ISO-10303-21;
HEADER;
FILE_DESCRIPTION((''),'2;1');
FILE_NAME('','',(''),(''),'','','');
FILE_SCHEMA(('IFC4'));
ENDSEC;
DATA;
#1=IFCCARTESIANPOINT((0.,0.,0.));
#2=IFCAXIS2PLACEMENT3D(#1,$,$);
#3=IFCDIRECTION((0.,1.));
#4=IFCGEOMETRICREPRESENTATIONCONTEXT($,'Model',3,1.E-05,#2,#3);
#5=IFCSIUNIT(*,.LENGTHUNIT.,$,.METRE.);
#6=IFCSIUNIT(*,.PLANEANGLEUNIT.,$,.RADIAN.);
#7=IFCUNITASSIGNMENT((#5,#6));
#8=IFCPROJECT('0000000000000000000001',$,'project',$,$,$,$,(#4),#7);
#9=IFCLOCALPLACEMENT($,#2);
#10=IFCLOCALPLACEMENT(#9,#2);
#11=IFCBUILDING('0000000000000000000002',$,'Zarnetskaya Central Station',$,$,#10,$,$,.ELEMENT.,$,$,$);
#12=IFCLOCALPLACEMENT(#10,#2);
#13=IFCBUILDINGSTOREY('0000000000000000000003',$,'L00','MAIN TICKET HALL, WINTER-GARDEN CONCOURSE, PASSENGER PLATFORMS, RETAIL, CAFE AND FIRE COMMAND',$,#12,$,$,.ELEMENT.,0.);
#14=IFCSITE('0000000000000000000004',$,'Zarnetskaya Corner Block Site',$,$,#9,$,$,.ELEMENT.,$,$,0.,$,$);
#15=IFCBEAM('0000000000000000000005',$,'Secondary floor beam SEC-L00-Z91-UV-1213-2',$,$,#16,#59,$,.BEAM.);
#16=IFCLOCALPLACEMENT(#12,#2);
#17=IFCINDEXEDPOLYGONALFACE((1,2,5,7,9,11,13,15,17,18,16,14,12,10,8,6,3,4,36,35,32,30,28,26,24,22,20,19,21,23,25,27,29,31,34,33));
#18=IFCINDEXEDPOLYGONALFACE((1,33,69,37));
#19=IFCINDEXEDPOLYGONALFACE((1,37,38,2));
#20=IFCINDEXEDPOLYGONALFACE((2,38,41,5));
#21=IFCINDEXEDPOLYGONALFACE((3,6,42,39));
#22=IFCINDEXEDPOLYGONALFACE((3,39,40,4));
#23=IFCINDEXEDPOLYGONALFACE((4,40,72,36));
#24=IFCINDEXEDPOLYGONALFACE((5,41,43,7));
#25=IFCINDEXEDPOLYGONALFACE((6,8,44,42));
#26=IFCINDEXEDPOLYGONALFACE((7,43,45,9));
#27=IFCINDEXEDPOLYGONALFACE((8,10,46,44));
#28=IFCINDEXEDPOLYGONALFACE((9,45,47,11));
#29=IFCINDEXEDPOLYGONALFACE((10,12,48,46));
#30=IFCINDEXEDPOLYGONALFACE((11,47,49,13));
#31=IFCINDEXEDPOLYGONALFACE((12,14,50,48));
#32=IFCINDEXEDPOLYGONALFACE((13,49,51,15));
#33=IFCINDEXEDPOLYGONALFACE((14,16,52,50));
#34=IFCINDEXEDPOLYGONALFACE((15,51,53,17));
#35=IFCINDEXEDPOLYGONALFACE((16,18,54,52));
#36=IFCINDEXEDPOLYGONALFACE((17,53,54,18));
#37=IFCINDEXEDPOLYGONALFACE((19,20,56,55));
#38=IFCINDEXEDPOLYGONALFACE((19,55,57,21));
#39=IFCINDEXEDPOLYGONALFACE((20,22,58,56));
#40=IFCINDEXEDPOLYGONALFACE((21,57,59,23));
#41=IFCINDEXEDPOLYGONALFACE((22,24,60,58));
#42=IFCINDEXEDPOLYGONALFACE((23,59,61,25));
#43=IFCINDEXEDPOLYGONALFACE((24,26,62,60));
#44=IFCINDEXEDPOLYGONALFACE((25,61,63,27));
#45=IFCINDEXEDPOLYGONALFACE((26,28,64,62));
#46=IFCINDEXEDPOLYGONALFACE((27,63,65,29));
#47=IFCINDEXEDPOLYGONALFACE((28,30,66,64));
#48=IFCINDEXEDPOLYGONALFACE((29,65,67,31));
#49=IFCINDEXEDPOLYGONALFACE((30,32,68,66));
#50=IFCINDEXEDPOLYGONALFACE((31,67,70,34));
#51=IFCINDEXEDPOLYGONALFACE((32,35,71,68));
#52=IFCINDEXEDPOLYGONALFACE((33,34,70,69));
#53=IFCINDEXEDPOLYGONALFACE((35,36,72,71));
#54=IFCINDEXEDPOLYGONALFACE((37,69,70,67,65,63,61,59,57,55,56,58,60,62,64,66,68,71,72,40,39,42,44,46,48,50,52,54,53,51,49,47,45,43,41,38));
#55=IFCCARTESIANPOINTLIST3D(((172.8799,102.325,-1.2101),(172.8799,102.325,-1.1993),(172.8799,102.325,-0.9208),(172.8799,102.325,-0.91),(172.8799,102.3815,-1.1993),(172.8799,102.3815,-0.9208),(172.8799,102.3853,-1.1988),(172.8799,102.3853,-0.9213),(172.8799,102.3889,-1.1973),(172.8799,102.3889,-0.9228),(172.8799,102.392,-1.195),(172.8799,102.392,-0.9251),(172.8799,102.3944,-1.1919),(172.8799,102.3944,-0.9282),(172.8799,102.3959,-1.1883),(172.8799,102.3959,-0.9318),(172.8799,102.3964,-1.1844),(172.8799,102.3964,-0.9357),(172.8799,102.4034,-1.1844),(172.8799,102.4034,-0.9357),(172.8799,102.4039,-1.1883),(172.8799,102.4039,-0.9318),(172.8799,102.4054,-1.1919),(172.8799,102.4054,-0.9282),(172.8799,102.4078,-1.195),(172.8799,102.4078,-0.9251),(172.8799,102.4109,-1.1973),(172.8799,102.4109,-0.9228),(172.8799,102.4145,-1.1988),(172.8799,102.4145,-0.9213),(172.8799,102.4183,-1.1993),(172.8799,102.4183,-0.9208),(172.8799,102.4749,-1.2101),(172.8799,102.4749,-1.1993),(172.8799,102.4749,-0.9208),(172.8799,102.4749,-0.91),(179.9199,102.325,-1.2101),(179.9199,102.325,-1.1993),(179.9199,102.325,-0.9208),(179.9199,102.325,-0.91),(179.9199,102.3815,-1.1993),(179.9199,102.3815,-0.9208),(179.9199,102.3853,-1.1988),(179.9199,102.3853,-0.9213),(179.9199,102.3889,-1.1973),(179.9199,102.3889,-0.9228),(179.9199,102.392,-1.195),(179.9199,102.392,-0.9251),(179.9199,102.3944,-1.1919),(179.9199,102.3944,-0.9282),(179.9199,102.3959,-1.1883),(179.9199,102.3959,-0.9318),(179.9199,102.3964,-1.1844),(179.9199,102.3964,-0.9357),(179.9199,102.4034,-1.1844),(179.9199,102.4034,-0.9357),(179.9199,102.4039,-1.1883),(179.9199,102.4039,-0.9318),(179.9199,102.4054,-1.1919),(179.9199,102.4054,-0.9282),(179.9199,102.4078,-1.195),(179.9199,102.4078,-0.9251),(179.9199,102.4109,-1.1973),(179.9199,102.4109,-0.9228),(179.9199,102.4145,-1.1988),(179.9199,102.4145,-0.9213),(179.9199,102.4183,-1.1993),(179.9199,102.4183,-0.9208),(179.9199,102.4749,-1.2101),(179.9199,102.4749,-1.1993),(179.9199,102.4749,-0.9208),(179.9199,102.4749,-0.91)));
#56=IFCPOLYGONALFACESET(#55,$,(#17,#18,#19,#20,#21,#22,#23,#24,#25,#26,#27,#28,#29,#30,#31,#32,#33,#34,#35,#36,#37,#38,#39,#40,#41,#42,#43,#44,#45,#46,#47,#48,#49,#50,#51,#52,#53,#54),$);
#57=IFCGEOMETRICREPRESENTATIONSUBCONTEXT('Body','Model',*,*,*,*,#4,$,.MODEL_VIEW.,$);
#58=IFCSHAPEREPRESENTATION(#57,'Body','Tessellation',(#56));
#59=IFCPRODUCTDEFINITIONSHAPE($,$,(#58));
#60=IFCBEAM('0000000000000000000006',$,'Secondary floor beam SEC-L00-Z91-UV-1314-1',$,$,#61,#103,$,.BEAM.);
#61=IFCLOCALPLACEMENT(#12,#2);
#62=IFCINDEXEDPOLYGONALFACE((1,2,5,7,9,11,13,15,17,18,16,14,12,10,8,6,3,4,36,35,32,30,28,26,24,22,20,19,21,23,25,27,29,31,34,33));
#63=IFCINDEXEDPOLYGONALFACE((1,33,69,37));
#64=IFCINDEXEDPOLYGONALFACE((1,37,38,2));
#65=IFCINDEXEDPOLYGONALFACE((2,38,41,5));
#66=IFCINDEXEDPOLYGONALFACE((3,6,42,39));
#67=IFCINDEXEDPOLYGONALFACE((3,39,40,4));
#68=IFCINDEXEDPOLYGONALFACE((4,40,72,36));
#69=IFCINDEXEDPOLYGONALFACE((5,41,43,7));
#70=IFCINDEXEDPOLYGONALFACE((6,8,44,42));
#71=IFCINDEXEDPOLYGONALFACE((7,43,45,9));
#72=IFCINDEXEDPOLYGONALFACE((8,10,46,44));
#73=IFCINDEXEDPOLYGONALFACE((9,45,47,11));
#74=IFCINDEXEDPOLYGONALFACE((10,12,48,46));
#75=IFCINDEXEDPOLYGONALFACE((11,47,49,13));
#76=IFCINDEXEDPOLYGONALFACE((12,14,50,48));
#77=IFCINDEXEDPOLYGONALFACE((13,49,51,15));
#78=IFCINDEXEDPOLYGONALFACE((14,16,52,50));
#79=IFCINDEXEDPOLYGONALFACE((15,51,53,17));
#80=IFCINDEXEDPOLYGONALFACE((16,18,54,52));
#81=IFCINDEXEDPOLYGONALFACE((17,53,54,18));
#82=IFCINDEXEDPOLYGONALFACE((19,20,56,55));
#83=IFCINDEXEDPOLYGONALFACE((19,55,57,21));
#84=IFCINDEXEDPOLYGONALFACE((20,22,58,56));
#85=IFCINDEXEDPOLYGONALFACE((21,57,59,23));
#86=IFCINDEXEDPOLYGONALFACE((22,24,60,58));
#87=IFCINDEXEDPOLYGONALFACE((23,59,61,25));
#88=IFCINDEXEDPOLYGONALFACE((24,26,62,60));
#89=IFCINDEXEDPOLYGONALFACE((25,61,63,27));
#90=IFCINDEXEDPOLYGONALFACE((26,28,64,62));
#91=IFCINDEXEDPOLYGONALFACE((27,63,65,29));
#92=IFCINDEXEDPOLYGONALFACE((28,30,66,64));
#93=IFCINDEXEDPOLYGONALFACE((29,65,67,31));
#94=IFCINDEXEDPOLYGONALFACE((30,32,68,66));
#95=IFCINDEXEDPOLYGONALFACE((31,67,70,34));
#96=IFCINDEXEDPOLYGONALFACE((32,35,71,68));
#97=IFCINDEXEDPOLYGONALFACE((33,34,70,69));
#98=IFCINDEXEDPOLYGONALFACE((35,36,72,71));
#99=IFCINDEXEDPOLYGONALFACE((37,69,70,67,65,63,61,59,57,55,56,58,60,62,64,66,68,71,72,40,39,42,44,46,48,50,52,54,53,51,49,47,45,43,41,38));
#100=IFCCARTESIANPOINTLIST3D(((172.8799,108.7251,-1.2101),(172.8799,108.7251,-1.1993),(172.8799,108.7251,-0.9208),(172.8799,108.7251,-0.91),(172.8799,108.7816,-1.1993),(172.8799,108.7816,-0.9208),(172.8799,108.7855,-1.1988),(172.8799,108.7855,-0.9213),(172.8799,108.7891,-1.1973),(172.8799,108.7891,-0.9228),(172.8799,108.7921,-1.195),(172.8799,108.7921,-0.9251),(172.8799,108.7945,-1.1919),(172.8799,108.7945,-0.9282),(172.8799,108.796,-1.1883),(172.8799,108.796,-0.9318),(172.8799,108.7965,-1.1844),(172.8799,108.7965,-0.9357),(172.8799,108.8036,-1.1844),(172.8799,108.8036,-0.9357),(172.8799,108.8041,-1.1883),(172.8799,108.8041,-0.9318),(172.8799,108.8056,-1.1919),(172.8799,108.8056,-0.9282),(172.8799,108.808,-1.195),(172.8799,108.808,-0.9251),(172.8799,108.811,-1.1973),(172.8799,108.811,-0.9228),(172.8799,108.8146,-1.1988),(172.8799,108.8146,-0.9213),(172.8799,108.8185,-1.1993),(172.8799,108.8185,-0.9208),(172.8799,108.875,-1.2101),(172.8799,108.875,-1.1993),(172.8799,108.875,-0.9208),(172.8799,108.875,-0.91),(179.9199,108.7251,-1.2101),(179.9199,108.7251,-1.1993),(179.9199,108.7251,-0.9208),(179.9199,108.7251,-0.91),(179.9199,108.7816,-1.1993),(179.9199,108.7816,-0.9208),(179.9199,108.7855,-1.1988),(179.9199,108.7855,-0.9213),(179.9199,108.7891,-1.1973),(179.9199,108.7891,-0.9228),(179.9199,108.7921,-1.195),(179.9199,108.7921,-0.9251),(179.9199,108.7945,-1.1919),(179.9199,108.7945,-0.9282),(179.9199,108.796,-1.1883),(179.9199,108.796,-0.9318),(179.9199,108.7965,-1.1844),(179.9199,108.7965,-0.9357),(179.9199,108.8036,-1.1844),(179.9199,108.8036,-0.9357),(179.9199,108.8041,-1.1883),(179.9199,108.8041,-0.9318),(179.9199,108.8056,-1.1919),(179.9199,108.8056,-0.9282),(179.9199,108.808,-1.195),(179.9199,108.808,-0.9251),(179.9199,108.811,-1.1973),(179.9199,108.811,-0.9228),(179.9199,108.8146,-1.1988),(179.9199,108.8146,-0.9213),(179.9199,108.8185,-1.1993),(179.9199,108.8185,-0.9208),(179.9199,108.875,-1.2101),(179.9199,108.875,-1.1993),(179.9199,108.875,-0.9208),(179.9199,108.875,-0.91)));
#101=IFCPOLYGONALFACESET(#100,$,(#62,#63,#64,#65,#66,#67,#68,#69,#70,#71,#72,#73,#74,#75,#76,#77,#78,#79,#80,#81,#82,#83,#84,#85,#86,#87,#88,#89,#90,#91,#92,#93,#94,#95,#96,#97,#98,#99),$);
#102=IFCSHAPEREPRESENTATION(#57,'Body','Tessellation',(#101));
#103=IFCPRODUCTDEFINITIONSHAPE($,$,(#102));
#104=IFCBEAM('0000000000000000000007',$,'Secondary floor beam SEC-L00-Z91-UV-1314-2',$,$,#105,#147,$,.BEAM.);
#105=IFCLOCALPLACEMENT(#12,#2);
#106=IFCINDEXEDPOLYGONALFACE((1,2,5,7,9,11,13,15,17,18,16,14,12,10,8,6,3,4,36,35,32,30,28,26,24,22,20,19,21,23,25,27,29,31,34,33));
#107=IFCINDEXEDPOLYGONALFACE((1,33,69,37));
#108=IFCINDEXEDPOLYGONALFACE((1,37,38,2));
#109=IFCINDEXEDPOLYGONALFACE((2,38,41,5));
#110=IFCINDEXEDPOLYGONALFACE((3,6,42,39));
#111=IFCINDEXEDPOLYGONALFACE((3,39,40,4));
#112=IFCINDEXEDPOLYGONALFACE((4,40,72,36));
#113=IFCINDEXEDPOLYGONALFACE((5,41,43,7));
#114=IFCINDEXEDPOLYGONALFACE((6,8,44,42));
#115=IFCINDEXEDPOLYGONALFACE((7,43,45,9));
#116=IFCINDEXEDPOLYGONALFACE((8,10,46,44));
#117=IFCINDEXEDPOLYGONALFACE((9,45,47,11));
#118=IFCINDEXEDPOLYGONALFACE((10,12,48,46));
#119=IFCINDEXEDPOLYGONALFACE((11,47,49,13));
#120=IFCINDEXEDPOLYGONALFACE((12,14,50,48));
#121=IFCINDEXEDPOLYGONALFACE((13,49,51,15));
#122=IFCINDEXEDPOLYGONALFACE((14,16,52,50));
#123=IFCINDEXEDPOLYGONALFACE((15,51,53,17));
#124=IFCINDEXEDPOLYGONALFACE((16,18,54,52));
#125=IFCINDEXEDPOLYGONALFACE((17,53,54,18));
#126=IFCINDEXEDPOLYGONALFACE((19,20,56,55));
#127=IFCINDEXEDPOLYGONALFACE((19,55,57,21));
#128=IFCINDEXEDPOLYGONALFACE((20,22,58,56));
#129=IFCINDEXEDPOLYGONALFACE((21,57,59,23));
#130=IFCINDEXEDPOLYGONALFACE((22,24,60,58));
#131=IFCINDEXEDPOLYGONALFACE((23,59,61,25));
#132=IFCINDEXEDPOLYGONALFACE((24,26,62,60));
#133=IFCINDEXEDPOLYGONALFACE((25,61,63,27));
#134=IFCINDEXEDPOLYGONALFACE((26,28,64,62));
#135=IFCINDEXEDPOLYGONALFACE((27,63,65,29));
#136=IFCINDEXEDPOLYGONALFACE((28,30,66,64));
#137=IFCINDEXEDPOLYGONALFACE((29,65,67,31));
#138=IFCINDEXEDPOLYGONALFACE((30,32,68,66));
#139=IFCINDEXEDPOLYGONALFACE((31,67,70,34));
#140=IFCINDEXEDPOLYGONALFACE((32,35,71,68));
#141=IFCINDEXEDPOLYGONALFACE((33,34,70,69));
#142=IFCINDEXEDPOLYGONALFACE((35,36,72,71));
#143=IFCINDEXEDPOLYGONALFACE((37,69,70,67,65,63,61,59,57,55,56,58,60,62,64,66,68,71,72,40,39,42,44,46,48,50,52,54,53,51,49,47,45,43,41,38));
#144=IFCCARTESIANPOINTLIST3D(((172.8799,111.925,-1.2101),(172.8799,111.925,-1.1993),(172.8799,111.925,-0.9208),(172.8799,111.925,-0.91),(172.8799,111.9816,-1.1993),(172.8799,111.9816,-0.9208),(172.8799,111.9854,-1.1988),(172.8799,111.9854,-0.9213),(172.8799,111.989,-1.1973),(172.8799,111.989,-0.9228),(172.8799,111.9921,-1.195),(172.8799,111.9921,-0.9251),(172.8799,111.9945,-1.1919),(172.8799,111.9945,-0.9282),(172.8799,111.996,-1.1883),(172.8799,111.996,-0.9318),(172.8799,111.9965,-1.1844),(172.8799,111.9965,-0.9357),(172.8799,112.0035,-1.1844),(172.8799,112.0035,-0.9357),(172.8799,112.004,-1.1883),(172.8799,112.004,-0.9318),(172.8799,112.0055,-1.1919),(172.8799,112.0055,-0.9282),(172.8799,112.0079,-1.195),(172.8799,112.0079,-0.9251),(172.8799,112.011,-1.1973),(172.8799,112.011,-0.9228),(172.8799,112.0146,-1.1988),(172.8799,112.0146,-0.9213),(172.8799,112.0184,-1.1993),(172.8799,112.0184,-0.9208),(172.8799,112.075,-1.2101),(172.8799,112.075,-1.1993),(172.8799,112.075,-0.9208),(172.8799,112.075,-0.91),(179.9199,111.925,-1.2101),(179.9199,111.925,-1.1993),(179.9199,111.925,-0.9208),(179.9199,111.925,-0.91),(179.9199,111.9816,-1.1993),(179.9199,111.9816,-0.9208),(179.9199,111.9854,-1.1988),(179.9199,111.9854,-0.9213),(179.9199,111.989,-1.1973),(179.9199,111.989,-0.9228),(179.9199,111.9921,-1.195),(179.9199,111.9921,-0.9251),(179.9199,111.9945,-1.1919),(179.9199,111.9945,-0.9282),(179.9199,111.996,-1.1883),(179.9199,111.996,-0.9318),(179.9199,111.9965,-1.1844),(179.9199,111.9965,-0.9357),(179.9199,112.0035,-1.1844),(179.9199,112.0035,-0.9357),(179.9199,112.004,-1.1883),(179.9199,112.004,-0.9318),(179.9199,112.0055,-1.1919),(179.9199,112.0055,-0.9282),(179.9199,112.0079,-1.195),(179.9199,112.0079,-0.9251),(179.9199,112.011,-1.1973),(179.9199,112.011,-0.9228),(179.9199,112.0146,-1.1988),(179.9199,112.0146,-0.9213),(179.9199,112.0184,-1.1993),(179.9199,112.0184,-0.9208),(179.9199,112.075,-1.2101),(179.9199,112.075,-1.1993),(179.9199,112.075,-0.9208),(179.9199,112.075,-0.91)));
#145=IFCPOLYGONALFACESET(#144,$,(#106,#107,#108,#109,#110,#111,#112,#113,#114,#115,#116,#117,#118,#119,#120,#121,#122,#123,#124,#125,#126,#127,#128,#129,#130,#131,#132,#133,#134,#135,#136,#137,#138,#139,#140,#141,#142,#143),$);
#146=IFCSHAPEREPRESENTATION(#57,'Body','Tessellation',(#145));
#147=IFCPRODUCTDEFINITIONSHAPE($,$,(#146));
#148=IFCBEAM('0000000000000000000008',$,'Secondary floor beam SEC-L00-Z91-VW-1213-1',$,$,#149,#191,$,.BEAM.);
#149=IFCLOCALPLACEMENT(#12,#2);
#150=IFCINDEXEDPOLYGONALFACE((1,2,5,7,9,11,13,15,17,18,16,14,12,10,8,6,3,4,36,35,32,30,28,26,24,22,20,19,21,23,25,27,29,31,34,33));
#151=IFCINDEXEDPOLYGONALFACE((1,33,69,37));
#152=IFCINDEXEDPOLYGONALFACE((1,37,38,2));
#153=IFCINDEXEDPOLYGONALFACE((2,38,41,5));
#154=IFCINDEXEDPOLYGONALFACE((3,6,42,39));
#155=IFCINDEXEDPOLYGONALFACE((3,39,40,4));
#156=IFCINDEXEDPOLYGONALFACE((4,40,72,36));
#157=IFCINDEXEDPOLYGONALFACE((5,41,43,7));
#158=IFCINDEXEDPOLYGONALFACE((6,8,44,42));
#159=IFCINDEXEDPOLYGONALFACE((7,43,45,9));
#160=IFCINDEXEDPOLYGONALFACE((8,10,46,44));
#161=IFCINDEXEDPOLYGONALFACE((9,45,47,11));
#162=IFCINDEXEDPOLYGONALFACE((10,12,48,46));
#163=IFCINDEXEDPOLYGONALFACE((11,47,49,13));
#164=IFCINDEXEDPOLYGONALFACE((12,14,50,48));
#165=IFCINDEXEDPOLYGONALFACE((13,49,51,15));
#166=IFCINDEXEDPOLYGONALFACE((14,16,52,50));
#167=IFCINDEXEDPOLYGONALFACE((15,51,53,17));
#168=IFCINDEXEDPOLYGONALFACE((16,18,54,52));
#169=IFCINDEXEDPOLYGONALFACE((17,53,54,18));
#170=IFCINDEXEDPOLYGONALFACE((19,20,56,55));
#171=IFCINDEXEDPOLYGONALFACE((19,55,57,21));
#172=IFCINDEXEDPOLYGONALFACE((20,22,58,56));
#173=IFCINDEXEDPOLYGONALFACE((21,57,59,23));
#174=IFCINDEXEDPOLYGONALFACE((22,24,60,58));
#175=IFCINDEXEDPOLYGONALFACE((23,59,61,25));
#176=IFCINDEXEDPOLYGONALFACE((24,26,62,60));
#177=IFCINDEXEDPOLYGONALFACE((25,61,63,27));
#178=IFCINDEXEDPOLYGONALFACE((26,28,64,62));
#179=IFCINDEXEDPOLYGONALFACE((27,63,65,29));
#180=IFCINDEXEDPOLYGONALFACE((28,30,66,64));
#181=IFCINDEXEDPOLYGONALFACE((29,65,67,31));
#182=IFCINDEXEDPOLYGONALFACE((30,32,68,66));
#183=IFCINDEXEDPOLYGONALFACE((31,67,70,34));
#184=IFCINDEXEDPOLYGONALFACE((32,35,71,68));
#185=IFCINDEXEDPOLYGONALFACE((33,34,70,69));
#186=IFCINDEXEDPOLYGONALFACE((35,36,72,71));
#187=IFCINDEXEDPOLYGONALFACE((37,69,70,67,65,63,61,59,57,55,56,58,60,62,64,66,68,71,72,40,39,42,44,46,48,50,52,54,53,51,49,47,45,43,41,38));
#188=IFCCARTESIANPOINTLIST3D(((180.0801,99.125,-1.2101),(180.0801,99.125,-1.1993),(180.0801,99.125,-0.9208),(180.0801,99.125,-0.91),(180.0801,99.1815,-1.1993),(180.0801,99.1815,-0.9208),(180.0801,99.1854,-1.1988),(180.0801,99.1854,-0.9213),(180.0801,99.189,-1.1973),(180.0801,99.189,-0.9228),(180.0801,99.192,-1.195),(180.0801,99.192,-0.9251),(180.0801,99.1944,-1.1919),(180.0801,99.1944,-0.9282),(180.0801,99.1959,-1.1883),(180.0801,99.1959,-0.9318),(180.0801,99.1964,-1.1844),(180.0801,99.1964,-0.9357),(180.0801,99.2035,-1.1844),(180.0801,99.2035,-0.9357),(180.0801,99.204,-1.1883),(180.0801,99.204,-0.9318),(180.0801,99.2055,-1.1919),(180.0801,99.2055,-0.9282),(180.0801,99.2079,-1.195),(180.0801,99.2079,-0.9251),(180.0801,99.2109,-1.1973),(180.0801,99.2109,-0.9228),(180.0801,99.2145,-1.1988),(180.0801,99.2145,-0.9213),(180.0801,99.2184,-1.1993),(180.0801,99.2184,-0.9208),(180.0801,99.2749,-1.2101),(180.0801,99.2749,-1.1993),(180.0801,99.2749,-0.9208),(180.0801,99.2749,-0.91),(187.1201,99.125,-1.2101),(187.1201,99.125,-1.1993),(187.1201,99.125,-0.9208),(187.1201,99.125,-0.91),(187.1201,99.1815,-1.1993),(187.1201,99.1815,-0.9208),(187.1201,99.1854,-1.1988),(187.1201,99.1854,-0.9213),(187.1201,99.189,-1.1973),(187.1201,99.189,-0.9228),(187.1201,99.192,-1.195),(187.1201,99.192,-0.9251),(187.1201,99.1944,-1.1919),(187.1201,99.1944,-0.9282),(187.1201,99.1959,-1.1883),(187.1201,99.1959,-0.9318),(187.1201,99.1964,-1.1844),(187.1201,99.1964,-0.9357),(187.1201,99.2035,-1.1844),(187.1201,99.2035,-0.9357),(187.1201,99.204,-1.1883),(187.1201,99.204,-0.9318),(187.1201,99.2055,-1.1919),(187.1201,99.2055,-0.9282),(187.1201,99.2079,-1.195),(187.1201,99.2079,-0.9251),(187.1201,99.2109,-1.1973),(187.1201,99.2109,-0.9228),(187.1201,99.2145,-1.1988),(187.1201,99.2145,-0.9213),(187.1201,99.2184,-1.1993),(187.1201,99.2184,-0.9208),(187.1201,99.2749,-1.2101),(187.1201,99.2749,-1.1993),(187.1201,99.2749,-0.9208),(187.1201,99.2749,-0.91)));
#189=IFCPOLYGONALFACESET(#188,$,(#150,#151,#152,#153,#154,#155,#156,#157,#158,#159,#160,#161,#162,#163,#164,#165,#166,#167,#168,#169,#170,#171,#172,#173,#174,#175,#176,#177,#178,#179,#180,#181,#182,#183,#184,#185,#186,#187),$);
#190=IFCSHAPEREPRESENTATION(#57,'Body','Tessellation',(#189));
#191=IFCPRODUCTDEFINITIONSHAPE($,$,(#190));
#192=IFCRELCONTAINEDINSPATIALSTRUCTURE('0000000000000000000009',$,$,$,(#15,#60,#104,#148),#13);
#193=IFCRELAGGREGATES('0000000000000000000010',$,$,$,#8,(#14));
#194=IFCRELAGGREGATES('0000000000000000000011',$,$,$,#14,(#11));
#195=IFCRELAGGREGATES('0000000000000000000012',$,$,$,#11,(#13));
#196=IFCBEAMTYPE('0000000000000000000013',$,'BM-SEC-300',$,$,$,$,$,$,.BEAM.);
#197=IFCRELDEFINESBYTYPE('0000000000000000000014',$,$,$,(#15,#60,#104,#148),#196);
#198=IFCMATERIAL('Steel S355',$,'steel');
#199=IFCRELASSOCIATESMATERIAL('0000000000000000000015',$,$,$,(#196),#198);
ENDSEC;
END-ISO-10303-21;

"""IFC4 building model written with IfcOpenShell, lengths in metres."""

from ifc_helpers import new_model, si_unit, direction, frame, origin, origin_2d, place, context, subcontext, project, spatial, i_section, extrude, material, material_profile, profile_set, type_object, element, save


model = new_model("IFC4")

# Units and contexts
model_context = context("Model", 3, precision=1e-05, world=origin(), true_north=direction((0.0, 1.0)))
body_context = subcontext(model_context, "Body", "Model", "MODEL_VIEW")
ifc_project = project(units=[si_unit("LENGTHUNIT", "METRE"), si_unit("PLANEANGLEUNIT", "RADIAN")], contexts=[model_context])

# Site, building, storey
site_placement = place(None, origin())
site = spatial("IfcSite", under=ifc_project, at=site_placement, Name="Zarnetskaya Corner Block Site", CompositionType="ELEMENT", RefElevation=0.0)
building_placement = place(site_placement, origin())
building = spatial("IfcBuilding", under=site, at=building_placement, Name="Zarnetskaya Central Station", CompositionType="ELEMENT")
storey_placement = place(building_placement, origin())
storey = spatial("IfcBuildingStorey", under=building, at=storey_placement, Name="L00", Description="MAIN TICKET HALL, WINTER-GARDEN CONCOURSE, PASSENGER PLATFORMS, RETAIL, CAFE AND FIRE COMMAND", CompositionType="ELEMENT", Elevation=0.0)

# Shared definitions
ifc_material = material(Name="Steel S355", Category="steel")

# Beams
ifc_material_profile_1 = material_profile(ifc_material, i_section(OverallWidth=0.1499, OverallDepth=0.3, WebThickness=0.0071, FlangeThickness=0.0107, FilletRadius=0.0149, at=origin_2d()), Name="IPE 300")
ifc_profile_set_1 = profile_set([ifc_material_profile_1], Name="Steel S355")
beam_type_1 = type_object("IfcBeamType", Name="BM-SEC-300", PredefinedType="BEAM", material=ifc_profile_set_1)
for number, where, z_axis, x_axis, name in (
    (1, (172.8799, 102.3999, -1.0601), (1.0, 0.0, 0.0), (0.0, 1.0, 0.0), "Secondary floor beam SEC-L00-Z91-UV-1213-2"),
    (2, (172.8799, 108.8, -1.0601), (1.0, 0.0, 0.0), (0.0, 1.0, 0.0), "Secondary floor beam SEC-L00-Z91-UV-1314-1"),
    (3, (172.8799, 112.0, -1.0601), (1.0, 0.0, 0.0), (0.0, 1.0, 0.0), "Secondary floor beam SEC-L00-Z91-UV-1314-2"),
    (4, (180.0801, 99.2, -1.0601), (1.0, 0.0, 0.0), (0.0, 1.0, 0.0), "Secondary floor beam SEC-L00-Z91-VW-1213-1"),
):
    element("IfcBeam", number, at=place(storey_placement, frame(where, z_axis=z_axis, x_axis=x_axis)), inside=storey, type_object=beam_type_1, Name=name, PredefinedType="BEAM", context=body_context, shape_type="SweptSolid", body=[
        extrude(i_section(OverallWidth=0.1499, OverallDepth=0.3, WebThickness=0.0071, FlangeThickness=0.0107, FilletRadius=0.0149, at=origin_2d()), origin(), (0.0, 0.0, 1.0), 7.04),
    ])

save(model, "model.ifc")
